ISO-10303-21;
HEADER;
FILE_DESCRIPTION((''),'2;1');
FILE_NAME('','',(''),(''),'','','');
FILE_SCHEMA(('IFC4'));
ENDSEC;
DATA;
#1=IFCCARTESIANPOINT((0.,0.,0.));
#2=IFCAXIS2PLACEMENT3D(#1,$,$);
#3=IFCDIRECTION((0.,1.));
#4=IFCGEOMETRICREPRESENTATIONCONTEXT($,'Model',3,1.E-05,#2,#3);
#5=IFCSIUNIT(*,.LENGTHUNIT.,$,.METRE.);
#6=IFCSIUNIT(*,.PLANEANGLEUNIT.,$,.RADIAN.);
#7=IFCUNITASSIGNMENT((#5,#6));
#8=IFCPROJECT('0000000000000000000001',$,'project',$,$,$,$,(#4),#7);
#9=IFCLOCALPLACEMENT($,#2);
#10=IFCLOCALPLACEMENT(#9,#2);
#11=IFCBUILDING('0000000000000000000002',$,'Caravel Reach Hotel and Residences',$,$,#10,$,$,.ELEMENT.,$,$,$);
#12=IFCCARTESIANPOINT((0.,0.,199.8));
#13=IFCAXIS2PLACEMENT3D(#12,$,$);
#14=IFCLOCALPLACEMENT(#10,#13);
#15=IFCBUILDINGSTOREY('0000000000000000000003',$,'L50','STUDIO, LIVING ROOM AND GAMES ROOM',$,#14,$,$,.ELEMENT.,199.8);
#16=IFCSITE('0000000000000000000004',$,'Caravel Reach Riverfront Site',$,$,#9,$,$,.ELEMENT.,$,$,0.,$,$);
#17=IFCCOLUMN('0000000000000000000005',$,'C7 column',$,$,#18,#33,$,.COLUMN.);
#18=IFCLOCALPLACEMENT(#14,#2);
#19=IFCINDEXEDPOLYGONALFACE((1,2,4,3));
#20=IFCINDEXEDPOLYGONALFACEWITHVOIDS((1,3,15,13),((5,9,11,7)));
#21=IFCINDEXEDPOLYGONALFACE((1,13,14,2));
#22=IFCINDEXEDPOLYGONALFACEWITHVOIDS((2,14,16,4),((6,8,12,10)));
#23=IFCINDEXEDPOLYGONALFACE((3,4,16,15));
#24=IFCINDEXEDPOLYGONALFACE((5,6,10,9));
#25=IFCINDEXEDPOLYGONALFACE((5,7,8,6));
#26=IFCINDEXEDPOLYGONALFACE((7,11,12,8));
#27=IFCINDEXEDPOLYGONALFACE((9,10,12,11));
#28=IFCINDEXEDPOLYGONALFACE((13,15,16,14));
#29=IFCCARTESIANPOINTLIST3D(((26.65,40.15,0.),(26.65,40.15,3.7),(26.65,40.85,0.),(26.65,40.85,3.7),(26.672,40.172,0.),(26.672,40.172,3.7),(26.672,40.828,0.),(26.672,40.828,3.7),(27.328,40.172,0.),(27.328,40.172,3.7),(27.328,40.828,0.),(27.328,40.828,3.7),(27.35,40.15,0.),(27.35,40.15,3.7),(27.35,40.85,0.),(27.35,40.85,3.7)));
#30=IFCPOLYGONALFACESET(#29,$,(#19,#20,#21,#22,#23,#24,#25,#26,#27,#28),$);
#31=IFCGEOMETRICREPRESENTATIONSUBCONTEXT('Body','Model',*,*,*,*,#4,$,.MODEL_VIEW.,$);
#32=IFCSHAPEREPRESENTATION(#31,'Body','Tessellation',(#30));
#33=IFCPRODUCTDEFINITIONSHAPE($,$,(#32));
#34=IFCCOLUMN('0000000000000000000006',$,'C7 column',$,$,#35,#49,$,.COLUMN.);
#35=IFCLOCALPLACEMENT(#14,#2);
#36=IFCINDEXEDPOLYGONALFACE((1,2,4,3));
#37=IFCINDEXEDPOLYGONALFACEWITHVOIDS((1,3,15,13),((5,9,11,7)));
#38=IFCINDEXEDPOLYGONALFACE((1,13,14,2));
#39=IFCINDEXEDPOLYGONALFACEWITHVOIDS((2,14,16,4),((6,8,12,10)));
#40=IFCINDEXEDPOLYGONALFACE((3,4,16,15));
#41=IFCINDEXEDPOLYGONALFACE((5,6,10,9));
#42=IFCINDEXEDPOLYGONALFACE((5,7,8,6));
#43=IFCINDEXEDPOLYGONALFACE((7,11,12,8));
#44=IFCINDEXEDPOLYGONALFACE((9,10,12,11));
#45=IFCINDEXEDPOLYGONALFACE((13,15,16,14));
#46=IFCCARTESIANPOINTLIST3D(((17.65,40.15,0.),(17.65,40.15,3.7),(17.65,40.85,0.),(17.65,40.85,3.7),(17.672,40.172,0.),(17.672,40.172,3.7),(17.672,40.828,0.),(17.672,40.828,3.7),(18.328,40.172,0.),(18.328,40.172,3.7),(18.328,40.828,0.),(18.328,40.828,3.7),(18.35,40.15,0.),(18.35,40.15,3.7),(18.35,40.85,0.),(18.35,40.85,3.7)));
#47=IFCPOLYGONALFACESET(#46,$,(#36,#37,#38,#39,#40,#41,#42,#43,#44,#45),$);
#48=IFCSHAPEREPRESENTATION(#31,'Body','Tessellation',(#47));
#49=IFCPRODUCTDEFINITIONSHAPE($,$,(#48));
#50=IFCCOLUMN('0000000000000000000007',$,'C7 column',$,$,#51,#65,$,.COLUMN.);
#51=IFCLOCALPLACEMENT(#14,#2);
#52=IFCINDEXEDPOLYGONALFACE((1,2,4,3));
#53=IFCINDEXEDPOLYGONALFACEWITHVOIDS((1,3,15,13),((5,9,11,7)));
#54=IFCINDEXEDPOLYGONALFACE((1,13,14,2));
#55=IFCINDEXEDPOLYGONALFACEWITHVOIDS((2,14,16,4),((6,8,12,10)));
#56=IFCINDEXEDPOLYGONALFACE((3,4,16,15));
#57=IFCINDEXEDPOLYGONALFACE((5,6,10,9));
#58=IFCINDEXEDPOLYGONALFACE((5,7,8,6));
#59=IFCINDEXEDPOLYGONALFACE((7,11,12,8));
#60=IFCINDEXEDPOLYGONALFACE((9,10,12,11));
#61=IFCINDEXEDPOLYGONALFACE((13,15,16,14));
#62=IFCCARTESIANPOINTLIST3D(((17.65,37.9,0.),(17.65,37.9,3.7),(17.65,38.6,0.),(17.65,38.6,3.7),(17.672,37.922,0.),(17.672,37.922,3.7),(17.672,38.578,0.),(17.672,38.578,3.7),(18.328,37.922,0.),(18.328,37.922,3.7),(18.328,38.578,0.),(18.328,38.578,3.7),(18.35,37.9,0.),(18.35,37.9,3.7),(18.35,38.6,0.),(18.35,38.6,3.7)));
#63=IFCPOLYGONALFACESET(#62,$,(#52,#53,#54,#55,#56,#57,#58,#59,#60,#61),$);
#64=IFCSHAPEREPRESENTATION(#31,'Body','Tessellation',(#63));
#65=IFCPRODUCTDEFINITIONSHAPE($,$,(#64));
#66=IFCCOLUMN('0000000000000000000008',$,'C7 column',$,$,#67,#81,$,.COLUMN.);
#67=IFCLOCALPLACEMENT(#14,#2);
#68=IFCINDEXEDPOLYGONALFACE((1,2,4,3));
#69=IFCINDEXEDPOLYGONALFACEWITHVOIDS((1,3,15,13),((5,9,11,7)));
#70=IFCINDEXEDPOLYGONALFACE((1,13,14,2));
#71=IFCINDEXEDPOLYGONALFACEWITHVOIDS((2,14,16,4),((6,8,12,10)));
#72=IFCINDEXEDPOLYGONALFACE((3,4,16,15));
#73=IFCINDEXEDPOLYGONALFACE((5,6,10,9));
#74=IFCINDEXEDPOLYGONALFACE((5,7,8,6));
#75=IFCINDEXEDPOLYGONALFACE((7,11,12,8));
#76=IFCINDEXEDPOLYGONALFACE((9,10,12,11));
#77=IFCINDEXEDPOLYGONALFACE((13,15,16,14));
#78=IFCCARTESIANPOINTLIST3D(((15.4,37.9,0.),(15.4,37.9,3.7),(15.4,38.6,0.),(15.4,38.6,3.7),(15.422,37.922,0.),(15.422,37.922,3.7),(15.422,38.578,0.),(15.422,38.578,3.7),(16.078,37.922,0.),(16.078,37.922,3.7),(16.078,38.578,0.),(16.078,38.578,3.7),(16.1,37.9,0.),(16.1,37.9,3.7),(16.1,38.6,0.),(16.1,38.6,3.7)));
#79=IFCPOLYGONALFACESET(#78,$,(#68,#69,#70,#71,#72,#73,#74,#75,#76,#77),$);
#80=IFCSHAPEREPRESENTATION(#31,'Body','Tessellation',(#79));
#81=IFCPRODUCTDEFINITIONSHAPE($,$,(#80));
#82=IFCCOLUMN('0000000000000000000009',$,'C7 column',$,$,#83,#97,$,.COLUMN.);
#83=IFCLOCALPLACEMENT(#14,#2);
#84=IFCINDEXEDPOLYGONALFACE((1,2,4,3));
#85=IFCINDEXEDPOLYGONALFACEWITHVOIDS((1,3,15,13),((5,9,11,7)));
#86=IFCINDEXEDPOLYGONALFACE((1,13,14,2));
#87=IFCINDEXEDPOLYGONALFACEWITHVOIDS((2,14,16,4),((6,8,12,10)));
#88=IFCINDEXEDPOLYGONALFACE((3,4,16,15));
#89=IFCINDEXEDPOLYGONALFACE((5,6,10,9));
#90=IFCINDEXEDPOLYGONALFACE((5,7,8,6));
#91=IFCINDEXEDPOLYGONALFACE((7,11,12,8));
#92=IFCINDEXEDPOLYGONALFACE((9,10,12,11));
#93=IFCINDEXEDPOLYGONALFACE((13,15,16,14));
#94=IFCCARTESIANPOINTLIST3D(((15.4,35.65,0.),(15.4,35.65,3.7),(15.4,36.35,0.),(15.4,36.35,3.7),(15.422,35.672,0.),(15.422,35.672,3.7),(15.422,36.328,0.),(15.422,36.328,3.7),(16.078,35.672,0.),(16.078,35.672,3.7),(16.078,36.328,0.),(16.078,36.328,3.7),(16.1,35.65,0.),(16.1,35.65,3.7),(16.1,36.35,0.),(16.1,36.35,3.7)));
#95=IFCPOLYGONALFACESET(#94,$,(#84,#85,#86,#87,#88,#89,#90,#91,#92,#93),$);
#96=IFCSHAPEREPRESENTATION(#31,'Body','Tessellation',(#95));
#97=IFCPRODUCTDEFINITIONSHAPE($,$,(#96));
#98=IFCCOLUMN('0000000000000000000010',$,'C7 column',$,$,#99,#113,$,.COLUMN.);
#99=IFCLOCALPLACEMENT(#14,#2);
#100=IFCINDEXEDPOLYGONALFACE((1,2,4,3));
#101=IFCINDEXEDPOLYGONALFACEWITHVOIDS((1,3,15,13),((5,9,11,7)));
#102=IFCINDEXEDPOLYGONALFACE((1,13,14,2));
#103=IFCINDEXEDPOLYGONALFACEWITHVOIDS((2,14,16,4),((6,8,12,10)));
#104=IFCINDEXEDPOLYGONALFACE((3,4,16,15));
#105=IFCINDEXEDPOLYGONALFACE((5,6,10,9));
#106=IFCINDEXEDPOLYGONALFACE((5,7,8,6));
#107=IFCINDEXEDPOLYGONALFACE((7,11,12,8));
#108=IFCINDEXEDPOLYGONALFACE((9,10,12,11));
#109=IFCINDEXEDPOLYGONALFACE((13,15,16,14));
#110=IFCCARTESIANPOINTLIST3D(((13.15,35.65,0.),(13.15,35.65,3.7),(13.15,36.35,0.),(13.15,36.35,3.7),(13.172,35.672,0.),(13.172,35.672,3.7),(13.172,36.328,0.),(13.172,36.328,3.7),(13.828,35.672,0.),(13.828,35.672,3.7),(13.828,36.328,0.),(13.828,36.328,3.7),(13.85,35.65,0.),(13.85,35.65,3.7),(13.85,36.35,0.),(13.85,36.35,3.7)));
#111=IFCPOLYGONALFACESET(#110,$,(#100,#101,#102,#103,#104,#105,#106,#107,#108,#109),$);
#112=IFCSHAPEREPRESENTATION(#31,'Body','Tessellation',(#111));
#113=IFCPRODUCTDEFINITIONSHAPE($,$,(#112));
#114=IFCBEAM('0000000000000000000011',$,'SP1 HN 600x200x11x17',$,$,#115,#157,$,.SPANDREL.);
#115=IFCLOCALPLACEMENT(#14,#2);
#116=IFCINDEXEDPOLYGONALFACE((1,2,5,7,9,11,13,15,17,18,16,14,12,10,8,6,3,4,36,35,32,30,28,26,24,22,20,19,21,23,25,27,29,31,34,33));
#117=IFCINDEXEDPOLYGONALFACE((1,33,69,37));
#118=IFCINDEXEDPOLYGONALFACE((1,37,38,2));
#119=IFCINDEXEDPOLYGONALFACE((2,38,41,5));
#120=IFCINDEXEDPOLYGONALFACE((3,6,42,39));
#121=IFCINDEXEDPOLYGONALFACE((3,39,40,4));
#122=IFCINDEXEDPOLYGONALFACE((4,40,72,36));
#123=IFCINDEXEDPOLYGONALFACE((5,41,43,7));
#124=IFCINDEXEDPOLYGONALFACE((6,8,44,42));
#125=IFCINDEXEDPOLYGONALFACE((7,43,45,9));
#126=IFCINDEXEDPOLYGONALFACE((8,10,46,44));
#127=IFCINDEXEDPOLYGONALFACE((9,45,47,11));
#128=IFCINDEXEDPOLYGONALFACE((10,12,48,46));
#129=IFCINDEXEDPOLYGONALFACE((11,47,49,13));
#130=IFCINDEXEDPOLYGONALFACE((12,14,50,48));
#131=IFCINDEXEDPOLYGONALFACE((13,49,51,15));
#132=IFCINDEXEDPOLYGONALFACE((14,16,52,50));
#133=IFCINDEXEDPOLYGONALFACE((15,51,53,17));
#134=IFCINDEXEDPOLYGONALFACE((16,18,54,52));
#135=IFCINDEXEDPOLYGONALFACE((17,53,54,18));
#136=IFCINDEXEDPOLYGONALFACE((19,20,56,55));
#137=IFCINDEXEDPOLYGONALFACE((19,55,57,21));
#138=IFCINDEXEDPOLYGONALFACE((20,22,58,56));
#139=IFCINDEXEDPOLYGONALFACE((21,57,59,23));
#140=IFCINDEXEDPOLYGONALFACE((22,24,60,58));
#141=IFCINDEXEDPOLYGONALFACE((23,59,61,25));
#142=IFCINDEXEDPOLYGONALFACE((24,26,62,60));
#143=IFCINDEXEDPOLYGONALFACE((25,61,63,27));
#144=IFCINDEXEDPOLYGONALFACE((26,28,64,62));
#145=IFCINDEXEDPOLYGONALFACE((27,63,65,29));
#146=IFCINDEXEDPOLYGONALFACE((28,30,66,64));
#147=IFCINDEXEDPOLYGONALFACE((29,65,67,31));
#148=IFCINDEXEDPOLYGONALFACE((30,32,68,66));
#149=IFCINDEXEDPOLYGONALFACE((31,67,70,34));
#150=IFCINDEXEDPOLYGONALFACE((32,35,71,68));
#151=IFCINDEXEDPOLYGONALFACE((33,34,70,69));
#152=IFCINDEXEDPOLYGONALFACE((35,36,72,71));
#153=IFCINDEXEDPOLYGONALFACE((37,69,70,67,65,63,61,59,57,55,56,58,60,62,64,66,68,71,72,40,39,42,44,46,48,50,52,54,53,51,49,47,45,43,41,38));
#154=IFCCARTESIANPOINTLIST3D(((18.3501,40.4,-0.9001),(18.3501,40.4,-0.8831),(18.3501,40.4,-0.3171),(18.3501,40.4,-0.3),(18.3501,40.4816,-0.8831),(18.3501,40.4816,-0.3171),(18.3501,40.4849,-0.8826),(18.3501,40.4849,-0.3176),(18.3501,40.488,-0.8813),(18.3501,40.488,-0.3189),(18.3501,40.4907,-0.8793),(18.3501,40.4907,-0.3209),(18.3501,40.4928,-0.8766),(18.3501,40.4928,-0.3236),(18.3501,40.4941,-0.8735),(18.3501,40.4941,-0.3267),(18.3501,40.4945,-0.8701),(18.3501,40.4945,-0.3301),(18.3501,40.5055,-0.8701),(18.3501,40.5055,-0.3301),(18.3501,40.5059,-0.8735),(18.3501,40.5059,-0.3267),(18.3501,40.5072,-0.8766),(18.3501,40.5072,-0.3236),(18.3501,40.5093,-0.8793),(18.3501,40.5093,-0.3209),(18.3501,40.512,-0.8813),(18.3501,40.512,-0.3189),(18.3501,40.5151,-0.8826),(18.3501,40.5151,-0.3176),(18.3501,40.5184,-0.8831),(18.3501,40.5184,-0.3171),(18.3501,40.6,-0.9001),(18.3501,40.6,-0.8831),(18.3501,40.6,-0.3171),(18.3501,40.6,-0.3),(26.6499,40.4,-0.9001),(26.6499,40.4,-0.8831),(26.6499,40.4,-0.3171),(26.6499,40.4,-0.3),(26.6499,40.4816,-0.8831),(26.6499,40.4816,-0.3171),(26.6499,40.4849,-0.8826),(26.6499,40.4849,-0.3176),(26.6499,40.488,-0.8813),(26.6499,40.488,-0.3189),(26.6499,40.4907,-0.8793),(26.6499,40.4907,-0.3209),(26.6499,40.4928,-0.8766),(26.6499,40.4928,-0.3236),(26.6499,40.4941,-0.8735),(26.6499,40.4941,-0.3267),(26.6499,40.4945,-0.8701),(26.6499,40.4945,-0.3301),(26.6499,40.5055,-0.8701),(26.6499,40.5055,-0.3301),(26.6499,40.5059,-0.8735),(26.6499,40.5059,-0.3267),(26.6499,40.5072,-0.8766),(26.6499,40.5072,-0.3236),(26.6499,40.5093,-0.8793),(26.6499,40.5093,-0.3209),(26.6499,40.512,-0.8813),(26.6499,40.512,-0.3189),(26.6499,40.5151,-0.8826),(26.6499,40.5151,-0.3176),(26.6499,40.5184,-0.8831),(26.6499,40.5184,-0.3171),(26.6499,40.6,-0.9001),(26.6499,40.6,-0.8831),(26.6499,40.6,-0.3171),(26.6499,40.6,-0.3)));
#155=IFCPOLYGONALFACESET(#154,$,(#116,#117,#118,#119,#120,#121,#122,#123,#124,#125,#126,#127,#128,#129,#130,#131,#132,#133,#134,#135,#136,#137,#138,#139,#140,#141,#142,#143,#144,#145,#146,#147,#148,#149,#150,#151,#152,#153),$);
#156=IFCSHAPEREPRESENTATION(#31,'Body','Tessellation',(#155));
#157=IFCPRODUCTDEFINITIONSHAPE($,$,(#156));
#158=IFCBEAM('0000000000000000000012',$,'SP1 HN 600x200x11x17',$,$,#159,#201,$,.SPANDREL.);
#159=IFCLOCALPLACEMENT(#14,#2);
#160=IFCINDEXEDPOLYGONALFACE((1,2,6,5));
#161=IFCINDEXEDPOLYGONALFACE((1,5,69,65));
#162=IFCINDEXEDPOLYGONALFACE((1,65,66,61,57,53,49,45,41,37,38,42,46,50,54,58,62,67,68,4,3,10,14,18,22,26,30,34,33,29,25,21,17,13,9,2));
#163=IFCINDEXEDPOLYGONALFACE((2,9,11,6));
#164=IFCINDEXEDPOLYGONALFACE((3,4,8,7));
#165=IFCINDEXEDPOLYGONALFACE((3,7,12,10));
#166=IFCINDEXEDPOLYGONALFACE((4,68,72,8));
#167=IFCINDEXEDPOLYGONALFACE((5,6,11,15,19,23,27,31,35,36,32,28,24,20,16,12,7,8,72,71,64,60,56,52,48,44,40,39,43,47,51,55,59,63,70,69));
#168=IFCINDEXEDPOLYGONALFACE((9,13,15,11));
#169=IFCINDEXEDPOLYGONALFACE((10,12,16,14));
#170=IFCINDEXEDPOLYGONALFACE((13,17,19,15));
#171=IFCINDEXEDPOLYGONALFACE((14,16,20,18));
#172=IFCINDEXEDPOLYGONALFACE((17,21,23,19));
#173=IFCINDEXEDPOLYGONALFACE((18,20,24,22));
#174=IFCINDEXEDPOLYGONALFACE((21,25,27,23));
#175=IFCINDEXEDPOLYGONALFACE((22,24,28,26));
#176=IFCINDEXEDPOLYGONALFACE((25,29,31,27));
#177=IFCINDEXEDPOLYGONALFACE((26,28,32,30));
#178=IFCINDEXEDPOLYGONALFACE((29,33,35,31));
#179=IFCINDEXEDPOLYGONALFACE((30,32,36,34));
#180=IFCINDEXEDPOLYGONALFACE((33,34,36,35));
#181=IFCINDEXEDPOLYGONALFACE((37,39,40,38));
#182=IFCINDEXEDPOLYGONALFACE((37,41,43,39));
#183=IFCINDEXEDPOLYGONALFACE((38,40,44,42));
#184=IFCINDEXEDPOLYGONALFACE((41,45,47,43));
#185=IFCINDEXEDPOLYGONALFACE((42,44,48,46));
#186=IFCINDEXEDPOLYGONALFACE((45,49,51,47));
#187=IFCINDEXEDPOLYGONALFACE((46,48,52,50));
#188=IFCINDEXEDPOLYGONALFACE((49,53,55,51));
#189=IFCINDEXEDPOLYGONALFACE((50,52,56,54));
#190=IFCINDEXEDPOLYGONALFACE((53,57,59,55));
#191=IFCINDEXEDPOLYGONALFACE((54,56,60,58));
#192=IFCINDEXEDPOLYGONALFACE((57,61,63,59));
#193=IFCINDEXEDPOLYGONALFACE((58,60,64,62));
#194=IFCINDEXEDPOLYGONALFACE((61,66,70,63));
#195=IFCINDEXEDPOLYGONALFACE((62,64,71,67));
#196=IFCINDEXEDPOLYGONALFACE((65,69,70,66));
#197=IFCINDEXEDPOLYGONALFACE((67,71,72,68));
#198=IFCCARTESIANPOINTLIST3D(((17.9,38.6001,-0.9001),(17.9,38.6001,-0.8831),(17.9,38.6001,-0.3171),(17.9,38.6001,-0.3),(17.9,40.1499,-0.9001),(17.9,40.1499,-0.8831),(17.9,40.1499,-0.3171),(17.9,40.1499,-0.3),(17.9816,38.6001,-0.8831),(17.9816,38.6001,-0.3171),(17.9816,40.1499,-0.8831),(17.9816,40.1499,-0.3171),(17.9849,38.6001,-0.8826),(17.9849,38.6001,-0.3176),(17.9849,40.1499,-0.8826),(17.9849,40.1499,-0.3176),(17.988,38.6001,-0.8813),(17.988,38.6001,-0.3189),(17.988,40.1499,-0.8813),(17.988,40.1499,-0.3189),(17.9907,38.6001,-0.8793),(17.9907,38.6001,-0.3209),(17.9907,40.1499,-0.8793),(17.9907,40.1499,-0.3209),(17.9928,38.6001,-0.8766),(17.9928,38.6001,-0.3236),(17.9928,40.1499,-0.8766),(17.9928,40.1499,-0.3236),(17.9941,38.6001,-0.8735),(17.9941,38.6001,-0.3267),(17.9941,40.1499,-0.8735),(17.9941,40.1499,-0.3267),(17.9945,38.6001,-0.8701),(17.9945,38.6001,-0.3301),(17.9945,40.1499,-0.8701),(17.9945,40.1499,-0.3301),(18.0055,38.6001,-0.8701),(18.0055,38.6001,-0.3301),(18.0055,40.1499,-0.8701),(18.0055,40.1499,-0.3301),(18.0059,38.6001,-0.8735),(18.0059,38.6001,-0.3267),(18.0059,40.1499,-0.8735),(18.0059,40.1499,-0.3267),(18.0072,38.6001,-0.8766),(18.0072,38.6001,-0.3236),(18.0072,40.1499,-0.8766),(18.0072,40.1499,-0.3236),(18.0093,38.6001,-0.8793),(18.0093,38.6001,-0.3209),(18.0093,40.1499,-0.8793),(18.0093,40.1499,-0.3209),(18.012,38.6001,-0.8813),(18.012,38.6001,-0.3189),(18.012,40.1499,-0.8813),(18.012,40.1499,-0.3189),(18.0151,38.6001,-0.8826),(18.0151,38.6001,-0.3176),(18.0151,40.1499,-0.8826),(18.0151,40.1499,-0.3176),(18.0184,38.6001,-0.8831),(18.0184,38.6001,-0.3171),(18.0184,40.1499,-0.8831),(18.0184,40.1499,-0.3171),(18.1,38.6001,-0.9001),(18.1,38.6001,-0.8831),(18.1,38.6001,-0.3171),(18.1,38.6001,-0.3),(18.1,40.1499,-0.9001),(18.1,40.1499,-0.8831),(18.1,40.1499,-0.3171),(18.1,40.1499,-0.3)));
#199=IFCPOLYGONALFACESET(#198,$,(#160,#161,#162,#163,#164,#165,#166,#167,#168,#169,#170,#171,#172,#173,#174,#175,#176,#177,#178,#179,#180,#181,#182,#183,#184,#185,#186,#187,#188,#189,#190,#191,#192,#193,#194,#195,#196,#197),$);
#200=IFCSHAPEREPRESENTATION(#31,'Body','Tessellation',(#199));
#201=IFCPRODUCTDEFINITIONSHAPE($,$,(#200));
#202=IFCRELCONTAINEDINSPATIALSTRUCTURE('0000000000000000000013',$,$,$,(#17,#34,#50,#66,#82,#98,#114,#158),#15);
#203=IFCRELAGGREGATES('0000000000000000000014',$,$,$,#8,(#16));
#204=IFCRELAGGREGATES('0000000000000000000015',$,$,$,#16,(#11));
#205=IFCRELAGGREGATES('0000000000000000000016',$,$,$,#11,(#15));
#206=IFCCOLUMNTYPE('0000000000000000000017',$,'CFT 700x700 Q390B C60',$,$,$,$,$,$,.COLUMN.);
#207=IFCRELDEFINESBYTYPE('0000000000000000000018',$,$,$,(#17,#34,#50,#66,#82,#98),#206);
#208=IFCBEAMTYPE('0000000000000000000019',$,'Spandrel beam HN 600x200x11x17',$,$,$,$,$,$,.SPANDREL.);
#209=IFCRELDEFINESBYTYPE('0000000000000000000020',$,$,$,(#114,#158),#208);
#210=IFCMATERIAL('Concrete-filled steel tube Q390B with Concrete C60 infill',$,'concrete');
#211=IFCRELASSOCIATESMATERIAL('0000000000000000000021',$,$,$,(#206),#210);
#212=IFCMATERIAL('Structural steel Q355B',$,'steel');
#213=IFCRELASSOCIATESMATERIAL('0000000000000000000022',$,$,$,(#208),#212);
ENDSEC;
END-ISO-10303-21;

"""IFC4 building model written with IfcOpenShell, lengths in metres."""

from ifc_helpers import new_model, si_unit, direction, frame, origin, origin_2d, place, context, subcontext, project, spatial, hollow_rectangle, i_section, extrude, material, material_profile, profile_set, type_object, element, save


model = new_model("IFC4")

# Units and contexts
model_context = context("Model", 3, precision=1e-05, world=origin(), true_north=direction((0.0, 1.0)))
body_context = subcontext(model_context, "Body", "Model", "MODEL_VIEW")
ifc_project = project(units=[si_unit("LENGTHUNIT", "METRE"), si_unit("PLANEANGLEUNIT", "RADIAN")], contexts=[model_context])

# Site, building, storey
site_placement = place(None, origin())
site = spatial("IfcSite", under=ifc_project, at=site_placement, Name="Caravel Reach Riverfront Site", CompositionType="ELEMENT", RefElevation=0.0)
building_placement = place(site_placement, origin())
building = spatial("IfcBuilding", under=site, at=building_placement, Name="Caravel Reach Hotel and Residences", CompositionType="ELEMENT")
storey_placement = place(building_placement, frame((0.0, 0.0, 199.8)))
storey = spatial("IfcBuildingStorey", under=building, at=storey_placement, Name="L50", Description="STUDIO, LIVING ROOM AND GAMES ROOM", CompositionType="ELEMENT", Elevation=199.8)

# Columns
ifc_material_1 = material(Name="Concrete-filled steel tube Q390B with Concrete C60 infill", Category="concrete")
ifc_material_profile_1 = material_profile(ifc_material_1, hollow_rectangle(XDim=0.7, YDim=0.7, WallThickness=0.022, at=origin_2d()), Name="RHS 700x700x22")
ifc_profile_set_1 = profile_set([ifc_material_profile_1], Name="Concrete-filled steel tube Q390B with Concrete C60 infill")
column_type = type_object("IfcColumnType", Name="CFT 700x700 Q390B C60", PredefinedType="COLUMN", material=ifc_profile_set_1)
for number, where, z_axis, x_axis, name in (
    (1, (27.0, 40.5, 0.0), (0.0, 0.0, 1.0), (1.0, 0.0, 0.0), "C7 column"),
    (2, (18.0, 40.5, 0.0), (0.0, 0.0, 1.0), (1.0, 0.0, 0.0), "C7 column"),
    (3, (18.0, 38.25, 0.0), (0.0, 0.0, 1.0), (1.0, 0.0, 0.0), "C7 column"),
    (4, (15.75, 38.25, 0.0), (0.0, 0.0, 1.0), (1.0, 0.0, 0.0), "C7 column"),
    (5, (15.75, 36.0, 0.0), (0.0, 0.0, 1.0), (1.0, 0.0, 0.0), "C7 column"),
    (6, (13.5, 36.0, 0.0), (0.0, 0.0, 1.0), (1.0, 0.0, 0.0), "C7 column"),
):
    element("IfcColumn", number, at=place(storey_placement, frame(where, z_axis=z_axis, x_axis=x_axis)), inside=storey, type_object=column_type, Name=name, PredefinedType="COLUMN", context=body_context, shape_type="SweptSolid", body=[
        extrude(hollow_rectangle(XDim=0.7, YDim=0.7, WallThickness=0.022, at=origin_2d()), origin(), (0.0, 0.0, 1.0), 3.7),
    ])

# Beams
ifc_material_2 = material(Name="Structural steel Q355B", Category="steel")
ifc_material_profile_2 = material_profile(ifc_material_2, i_section(OverallWidth=0.2, OverallDepth=0.6001, WebThickness=0.011, FlangeThickness=0.0171, FilletRadius=0.0129, at=origin_2d()), Name="HN 600x200x11x17")
ifc_profile_set_2 = profile_set([ifc_material_profile_2], Name="Structural steel Q355B")
beam_type = type_object("IfcBeamType", Name="Spandrel beam HN 600x200x11x17", PredefinedType="SPANDREL", material=ifc_profile_set_2)
beam_placement = place(storey_placement, frame((26.6499, 40.5, -0.6001), z_axis=(-1.0, 0.0, 0.0), x_axis=(0.0, -1.0, 0.0)))
element("IfcBeam", 7, at=beam_placement, inside=storey, type_object=beam_type, Name="SP1 HN 600x200x11x17", PredefinedType="SPANDREL", context=body_context, shape_type="SweptSolid", body=[
    extrude(i_section(OverallWidth=0.2, OverallDepth=0.6001, WebThickness=0.011, FlangeThickness=0.0171, FilletRadius=0.0129, at=origin_2d()), origin(), (0.0, 0.0, 1.0), 8.2998),
])
for number, where, z_axis, x_axis, name in (
    (8, (18.0, 40.1499, -0.6001), (0.0, -1.0, 0.0), (1.0, 0.0, 0.0), "SP1 HN 600x200x11x17"),
):
    element("IfcBeam", number, at=place(storey_placement, frame(where, z_axis=z_axis, x_axis=x_axis)), inside=storey, type_object=beam_type, Name=name, PredefinedType="SPANDREL", context=body_context, shape_type="SweptSolid", body=[
        extrude(i_section(OverallWidth=0.2, OverallDepth=0.6001, WebThickness=0.011, FlangeThickness=0.0171, FilletRadius=0.0129, at=origin_2d()), origin(), (0.0, 0.0, 1.0), 1.5498),
    ])

save(model, "model.ifc")
